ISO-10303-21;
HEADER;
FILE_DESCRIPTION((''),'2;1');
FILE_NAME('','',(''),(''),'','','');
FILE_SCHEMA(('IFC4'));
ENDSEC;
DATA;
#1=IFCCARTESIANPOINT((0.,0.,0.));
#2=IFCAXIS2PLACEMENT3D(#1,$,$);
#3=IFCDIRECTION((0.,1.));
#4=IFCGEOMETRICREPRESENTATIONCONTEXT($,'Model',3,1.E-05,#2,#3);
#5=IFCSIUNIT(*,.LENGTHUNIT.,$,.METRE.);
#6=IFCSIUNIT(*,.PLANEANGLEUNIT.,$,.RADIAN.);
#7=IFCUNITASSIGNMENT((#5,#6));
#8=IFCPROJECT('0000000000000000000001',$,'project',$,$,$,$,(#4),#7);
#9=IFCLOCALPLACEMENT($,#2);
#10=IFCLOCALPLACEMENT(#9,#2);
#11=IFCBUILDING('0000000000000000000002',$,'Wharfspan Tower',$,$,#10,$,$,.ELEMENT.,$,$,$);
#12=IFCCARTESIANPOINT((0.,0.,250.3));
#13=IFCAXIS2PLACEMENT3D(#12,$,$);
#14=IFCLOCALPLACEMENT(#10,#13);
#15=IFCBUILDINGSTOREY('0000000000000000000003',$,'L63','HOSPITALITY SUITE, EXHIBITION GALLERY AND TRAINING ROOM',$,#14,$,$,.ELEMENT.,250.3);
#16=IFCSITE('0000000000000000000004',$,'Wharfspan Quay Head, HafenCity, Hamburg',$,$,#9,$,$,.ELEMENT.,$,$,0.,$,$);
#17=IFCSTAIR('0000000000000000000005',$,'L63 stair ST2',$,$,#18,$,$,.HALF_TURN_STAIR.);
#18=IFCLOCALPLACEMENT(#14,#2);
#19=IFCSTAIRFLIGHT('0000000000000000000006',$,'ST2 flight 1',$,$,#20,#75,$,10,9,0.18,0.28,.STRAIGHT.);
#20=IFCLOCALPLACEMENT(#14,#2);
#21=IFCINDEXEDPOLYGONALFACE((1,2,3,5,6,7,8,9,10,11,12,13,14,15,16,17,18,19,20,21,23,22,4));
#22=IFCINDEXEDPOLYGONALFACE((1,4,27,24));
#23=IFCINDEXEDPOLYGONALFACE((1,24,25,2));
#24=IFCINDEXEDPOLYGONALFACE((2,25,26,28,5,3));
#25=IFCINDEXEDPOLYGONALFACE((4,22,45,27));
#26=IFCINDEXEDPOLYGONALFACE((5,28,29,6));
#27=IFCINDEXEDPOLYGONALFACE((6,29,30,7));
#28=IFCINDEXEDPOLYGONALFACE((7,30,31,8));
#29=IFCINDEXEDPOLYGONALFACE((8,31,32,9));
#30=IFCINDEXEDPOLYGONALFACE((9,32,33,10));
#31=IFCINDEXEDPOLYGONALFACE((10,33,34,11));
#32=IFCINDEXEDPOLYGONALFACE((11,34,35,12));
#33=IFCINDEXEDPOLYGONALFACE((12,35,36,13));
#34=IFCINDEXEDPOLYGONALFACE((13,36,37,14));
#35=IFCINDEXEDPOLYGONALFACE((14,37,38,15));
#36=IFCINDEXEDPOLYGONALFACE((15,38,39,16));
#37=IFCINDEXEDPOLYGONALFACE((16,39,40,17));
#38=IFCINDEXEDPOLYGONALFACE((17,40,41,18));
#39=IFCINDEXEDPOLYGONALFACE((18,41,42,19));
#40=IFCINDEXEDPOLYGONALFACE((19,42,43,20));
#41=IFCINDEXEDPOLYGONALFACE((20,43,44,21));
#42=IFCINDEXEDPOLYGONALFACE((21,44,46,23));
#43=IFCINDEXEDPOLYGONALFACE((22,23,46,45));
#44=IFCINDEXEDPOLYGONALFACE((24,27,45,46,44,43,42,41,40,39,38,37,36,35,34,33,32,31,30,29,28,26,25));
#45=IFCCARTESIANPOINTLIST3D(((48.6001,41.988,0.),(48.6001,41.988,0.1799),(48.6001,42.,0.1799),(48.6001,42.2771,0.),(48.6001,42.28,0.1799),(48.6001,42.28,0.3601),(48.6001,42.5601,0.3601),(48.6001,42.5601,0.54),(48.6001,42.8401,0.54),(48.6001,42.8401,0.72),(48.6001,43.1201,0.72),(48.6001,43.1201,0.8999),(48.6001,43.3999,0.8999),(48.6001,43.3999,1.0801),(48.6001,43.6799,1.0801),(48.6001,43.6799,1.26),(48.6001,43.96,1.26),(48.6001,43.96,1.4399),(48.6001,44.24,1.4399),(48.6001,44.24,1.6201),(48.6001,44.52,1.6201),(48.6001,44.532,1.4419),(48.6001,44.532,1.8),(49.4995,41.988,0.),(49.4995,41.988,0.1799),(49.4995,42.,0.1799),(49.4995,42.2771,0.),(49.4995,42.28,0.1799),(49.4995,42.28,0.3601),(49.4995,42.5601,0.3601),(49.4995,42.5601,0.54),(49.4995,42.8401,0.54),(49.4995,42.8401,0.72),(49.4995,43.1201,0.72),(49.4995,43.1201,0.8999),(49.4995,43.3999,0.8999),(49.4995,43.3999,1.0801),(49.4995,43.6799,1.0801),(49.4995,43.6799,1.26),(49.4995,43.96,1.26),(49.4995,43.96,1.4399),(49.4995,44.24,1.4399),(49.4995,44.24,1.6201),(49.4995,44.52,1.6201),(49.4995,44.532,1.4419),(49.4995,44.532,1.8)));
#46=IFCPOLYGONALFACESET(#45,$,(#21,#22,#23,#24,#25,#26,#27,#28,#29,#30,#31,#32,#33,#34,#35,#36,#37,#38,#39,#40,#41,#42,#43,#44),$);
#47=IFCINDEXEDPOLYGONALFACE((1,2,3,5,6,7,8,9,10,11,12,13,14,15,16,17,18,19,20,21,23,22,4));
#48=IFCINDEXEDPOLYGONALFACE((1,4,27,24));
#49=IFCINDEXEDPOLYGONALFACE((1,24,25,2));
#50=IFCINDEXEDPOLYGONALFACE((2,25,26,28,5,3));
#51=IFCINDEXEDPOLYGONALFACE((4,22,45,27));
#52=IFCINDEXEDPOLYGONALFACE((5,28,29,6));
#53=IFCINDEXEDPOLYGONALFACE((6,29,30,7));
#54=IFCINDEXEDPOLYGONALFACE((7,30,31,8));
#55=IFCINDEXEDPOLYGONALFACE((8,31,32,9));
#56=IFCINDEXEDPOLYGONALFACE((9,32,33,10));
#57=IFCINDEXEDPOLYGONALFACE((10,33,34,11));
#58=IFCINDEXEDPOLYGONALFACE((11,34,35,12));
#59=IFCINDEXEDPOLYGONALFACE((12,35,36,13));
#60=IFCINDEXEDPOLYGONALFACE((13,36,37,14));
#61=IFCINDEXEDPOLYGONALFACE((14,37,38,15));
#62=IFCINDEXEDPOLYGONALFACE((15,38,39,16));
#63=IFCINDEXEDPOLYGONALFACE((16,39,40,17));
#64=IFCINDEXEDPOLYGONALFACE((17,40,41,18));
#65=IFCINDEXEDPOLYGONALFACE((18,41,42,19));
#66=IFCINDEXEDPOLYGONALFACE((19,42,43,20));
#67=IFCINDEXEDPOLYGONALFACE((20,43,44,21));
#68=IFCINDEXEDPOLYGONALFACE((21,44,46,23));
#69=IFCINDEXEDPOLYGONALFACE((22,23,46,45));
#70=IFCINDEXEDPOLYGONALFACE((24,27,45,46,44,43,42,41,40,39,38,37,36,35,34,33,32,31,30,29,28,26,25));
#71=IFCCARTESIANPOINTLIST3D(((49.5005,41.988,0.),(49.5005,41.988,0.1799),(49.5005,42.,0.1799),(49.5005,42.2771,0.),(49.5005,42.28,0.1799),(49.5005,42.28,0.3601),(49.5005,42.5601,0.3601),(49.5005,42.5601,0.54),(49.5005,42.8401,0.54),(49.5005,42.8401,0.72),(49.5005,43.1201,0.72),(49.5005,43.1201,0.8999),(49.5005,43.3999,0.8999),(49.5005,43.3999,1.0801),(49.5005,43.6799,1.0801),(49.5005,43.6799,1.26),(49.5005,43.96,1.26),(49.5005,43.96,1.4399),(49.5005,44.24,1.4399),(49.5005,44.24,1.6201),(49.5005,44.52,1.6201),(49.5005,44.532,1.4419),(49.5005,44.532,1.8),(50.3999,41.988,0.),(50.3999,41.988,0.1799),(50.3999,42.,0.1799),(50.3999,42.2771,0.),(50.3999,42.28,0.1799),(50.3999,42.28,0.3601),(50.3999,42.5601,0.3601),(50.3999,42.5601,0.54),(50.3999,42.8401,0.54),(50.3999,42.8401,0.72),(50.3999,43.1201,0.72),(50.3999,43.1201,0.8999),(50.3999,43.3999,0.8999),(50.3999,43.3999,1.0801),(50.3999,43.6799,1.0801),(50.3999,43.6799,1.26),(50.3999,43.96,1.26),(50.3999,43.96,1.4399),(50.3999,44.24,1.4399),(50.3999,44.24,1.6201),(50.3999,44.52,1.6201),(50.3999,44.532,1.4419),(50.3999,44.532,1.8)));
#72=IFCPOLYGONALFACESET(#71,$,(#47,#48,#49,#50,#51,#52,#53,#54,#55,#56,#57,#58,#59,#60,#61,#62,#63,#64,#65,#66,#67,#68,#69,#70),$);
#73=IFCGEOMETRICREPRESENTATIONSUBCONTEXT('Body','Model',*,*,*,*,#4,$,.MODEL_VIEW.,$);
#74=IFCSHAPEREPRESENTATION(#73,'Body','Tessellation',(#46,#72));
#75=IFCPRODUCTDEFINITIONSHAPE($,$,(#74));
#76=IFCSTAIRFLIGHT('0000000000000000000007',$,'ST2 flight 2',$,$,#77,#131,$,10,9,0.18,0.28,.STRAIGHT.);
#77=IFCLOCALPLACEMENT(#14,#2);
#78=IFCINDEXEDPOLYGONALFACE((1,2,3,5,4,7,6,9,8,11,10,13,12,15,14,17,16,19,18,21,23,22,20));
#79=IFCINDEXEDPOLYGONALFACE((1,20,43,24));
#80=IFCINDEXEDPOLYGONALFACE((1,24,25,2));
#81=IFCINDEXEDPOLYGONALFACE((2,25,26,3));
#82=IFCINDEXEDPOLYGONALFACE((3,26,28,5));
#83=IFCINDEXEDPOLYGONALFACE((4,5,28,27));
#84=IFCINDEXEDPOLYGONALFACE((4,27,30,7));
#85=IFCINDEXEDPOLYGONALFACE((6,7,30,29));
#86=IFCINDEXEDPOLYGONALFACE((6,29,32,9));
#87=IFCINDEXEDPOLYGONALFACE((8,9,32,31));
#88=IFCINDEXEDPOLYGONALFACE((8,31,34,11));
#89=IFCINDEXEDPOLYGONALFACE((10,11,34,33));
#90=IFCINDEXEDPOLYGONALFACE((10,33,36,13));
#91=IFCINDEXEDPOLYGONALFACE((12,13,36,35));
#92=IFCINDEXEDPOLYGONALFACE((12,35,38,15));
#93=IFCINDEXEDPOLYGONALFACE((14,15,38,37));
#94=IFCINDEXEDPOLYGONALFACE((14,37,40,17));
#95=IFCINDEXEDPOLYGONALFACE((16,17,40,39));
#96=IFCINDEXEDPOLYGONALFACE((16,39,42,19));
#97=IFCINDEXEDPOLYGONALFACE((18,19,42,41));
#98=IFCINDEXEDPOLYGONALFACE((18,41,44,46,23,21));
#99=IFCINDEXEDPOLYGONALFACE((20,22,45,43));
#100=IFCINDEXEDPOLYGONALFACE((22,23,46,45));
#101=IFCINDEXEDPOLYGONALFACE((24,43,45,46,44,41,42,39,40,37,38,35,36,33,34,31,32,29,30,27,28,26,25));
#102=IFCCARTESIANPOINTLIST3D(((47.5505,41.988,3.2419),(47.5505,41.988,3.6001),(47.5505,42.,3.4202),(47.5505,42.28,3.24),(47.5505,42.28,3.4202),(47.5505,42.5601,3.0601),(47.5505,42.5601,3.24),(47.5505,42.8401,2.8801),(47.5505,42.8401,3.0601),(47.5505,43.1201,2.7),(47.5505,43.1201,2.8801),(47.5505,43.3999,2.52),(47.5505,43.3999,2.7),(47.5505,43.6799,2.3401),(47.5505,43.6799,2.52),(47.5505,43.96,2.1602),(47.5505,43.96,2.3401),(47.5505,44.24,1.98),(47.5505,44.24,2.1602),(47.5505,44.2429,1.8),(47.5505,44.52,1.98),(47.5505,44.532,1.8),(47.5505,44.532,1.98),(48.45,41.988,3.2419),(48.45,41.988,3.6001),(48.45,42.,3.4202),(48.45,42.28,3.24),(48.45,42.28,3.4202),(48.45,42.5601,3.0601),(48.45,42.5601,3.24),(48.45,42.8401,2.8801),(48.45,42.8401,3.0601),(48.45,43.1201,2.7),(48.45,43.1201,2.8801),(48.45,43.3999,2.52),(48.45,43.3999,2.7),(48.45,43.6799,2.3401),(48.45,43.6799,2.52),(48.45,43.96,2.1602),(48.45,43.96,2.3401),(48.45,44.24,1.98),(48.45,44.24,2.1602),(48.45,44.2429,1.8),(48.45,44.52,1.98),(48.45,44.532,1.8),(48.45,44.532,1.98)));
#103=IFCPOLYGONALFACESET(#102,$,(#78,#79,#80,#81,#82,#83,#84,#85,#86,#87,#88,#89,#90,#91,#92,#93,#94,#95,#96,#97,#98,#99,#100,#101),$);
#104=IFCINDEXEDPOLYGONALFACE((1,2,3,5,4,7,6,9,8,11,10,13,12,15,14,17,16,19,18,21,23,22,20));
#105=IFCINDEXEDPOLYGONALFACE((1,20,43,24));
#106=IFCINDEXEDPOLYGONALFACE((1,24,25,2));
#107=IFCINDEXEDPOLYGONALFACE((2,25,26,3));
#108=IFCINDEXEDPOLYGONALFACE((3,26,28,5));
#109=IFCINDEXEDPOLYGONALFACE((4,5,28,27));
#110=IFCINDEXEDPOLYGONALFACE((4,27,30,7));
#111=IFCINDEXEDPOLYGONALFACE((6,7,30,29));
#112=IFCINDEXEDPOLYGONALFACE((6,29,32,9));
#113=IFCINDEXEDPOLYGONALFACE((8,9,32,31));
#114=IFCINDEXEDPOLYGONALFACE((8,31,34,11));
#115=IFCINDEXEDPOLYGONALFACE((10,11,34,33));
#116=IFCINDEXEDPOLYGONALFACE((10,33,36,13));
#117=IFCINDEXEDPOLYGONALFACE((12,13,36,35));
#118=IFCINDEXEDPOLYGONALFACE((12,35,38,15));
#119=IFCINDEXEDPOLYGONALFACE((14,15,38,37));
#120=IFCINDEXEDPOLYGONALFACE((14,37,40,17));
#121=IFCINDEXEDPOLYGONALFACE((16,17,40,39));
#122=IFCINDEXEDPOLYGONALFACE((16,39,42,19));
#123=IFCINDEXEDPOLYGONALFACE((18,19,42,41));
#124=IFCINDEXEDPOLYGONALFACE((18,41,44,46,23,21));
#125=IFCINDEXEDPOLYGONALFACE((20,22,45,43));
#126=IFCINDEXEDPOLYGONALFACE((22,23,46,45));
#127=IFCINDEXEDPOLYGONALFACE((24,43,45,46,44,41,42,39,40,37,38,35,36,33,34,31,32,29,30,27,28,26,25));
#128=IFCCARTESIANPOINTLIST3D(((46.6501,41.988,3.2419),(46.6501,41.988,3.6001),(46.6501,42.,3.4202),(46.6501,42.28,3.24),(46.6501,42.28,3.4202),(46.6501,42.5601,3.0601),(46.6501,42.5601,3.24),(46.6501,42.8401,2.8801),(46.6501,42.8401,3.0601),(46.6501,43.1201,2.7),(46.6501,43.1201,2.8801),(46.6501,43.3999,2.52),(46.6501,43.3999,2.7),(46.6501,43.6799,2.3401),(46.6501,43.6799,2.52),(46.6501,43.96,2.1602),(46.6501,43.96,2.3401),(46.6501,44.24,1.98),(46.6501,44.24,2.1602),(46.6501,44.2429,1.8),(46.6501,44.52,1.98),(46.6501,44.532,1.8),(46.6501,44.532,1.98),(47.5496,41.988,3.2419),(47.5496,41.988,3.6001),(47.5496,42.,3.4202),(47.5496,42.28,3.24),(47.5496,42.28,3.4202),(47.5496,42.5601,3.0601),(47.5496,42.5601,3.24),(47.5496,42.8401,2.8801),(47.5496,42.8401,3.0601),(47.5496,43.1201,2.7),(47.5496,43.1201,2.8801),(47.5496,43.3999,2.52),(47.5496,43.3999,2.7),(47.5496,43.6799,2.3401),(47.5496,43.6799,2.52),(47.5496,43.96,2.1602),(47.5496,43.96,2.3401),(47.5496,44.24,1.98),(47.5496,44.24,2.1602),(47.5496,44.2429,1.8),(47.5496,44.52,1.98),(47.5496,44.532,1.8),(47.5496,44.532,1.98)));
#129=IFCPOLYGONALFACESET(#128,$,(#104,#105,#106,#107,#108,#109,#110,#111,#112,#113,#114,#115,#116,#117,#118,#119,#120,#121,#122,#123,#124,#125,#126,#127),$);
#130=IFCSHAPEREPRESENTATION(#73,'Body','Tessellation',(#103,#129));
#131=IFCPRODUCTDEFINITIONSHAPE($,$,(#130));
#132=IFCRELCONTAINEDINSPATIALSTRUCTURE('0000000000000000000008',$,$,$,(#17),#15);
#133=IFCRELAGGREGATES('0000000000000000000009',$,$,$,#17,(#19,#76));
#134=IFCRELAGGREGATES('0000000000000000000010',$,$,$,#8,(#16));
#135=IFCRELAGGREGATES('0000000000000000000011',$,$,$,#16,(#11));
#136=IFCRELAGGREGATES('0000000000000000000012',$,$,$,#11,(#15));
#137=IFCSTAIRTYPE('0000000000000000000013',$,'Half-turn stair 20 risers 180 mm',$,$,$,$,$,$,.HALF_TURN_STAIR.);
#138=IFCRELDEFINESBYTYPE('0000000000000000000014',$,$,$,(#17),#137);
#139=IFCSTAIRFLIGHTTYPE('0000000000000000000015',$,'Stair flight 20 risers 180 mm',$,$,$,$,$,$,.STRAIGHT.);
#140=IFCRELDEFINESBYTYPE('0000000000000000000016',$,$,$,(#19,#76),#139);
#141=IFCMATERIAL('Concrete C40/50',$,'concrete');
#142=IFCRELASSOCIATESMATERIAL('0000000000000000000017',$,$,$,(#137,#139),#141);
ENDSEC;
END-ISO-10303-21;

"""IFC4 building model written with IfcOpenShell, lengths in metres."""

from ifc_helpers import new_model, si_unit, direction, frame, origin, place, context, subcontext, project, spatial, polyline, outline, extrude, material, type_object, element, aggregate, save


model = new_model("IFC4")

# Units and contexts
model_context = context("Model", 3, precision=1e-05, world=origin(), true_north=direction((0.0, 1.0)))
body_context = subcontext(model_context, "Body", "Model", "MODEL_VIEW")
ifc_project = project(units=[si_unit("LENGTHUNIT", "METRE"), si_unit("PLANEANGLEUNIT", "RADIAN")], contexts=[model_context])

# Site, building, storey
site_placement = place(None, origin())
site = spatial("IfcSite", under=ifc_project, at=site_placement, Name="Wharfspan Quay Head, HafenCity, Hamburg", CompositionType="ELEMENT", RefElevation=0.0)
building_placement = place(site_placement, origin())
building = spatial("IfcBuilding", under=site, at=building_placement, Name="Wharfspan Tower", CompositionType="ELEMENT")
storey_placement = place(building_placement, frame((0.0, 0.0, 250.3)))
storey = spatial("IfcBuildingStorey", under=building, at=storey_placement, Name="L63", Description="HOSPITALITY SUITE, EXHIBITION GALLERY AND TRAINING ROOM", CompositionType="ELEMENT", Elevation=250.3)

# Shared definitions
ifc_material_1 = material(Name="Concrete C40/50", Category="concrete")

# Stair, stair flights
stair_type = type_object("IfcStairType", Name="Half-turn stair 20 risers 180 mm", PredefinedType="HALF_TURN_STAIR", material=ifc_material_1)
stair_placement = place(storey_placement, origin())
stair = element("IfcStair", 1, at=stair_placement, inside=storey, type_object=stair_type, Name="L63 stair ST2", PredefinedType="HALF_TURN_STAIR")
stair_flight_type = type_object("IfcStairFlightType", Name="Stair flight 20 risers 180 mm", PredefinedType="STRAIGHT", material=ifc_material_1)
stair_flight_1_placement = place(storey_placement, frame((49.5, 42.0, 0.0), z_axis=(0.0, 0.0, 1.0), x_axis=(0.0, 1.0, 0.0)))
stair_flight_1 = element("IfcStairFlight", 2, at=stair_flight_1_placement, type_object=stair_flight_type, Name="ST2 flight 1", NumberOfRisers=10, NumberOfTreads=9, PredefinedType="STRAIGHT", RiserHeight=0.18, TreadLength=0.28, context=body_context, shape_type="SweptSolid", body=[
    extrude(outline(polyline([(-0.012, 0.0), (-0.012, 0.1799), (0.0, 0.1799), (0.28, 0.1799), (0.28, 0.3601), (0.5601, 0.3601), (0.5601, 0.54), (0.8401, 0.54), (0.8401, 0.72), (1.1201, 0.72), (1.1201, 0.8999), (1.3999, 0.8999), (1.3999, 1.0801), (1.6799, 1.0801), (1.6799, 1.26), (1.96, 1.26), (1.96, 1.4399), (2.24, 1.4399), (2.24, 1.6201), (2.52, 1.6201), (2.532, 1.8), (2.532, 1.4419), (0.2771, 0.0), (-0.012, 0.0)])), frame((0.0, 0.8999, 0.0), z_axis=(0.0, -1.0, 0.0), x_axis=(1.0, 0.0, 0.0)), (0.0, 0.0, 1.0), 0.8994),
    extrude(outline(polyline([(-0.012, 0.0), (-0.012, 0.1799), (0.0, 0.1799), (0.28, 0.1799), (0.28, 0.3601), (0.5601, 0.3601), (0.5601, 0.54), (0.8401, 0.54), (0.8401, 0.72), (1.1201, 0.72), (1.1201, 0.8999), (1.3999, 0.8999), (1.3999, 1.0801), (1.6799, 1.0801), (1.6799, 1.26), (1.96, 1.26), (1.96, 1.4399), (2.24, 1.4399), (2.24, 1.6201), (2.52, 1.6201), (2.532, 1.8), (2.532, 1.4419), (0.2771, 0.0), (-0.012, 0.0)])), frame((0.0, -0.0005, 0.0), z_axis=(0.0, -1.0, 0.0), x_axis=(1.0, 0.0, 0.0)), (0.0, 0.0, 1.0), 0.8994),
])
stair_flight_2_placement = place(storey_placement, frame((47.55, 44.52, 1.8), z_axis=(0.0, 0.0, 1.0), x_axis=(0.0, -1.0, 0.0)))
stair_flight_2 = element("IfcStairFlight", 3, at=stair_flight_2_placement, type_object=stair_flight_type, Name="ST2 flight 2", NumberOfRisers=10, NumberOfTreads=9, PredefinedType="STRAIGHT", RiserHeight=0.18, TreadLength=0.28, context=body_context, shape_type="SweptSolid", body=[
    extrude(outline(polyline([(-0.012, 0.0), (-0.012, 0.1799), (0.0, 0.1799), (0.28, 0.1799), (0.28, 0.3601), (0.5601, 0.3601), (0.5601, 0.54), (0.8401, 0.54), (0.8401, 0.72), (1.1201, 0.72), (1.1201, 0.8999), (1.3999, 0.8999), (1.3999, 1.0801), (1.6799, 1.0801), (1.6799, 1.26), (1.96, 1.26), (1.96, 1.4399), (2.24, 1.4399), (2.24, 1.6201), (2.52, 1.6201), (2.532, 1.8), (2.532, 1.4419), (0.2771, 0.0), (-0.012, 0.0)])), frame((0.0, 0.8999, 0.0), z_axis=(0.0, -1.0, 0.0), x_axis=(1.0, 0.0, 0.0)), (0.0, 0.0, 1.0), 0.8994),
    extrude(outline(polyline([(-0.012, 0.0), (-0.012, 0.1799), (0.0, 0.1799), (0.28, 0.1799), (0.28, 0.3601), (0.5601, 0.3601), (0.5601, 0.54), (0.8401, 0.54), (0.8401, 0.72), (1.1201, 0.72), (1.1201, 0.8999), (1.3999, 0.8999), (1.3999, 1.0801), (1.6799, 1.0801), (1.6799, 1.26), (1.96, 1.26), (1.96, 1.4399), (2.24, 1.4399), (2.24, 1.6201), (2.52, 1.6201), (2.532, 1.8), (2.532, 1.4419), (0.2771, 0.0), (-0.012, 0.0)])), frame((0.0, -0.0005, 0.0), z_axis=(0.0, -1.0, 0.0), x_axis=(1.0, 0.0, 0.0)), (0.0, 0.0, 1.0), 0.8994),
])
aggregate(stair, [stair_flight_1, stair_flight_2])

save(model, "model.ifc")
